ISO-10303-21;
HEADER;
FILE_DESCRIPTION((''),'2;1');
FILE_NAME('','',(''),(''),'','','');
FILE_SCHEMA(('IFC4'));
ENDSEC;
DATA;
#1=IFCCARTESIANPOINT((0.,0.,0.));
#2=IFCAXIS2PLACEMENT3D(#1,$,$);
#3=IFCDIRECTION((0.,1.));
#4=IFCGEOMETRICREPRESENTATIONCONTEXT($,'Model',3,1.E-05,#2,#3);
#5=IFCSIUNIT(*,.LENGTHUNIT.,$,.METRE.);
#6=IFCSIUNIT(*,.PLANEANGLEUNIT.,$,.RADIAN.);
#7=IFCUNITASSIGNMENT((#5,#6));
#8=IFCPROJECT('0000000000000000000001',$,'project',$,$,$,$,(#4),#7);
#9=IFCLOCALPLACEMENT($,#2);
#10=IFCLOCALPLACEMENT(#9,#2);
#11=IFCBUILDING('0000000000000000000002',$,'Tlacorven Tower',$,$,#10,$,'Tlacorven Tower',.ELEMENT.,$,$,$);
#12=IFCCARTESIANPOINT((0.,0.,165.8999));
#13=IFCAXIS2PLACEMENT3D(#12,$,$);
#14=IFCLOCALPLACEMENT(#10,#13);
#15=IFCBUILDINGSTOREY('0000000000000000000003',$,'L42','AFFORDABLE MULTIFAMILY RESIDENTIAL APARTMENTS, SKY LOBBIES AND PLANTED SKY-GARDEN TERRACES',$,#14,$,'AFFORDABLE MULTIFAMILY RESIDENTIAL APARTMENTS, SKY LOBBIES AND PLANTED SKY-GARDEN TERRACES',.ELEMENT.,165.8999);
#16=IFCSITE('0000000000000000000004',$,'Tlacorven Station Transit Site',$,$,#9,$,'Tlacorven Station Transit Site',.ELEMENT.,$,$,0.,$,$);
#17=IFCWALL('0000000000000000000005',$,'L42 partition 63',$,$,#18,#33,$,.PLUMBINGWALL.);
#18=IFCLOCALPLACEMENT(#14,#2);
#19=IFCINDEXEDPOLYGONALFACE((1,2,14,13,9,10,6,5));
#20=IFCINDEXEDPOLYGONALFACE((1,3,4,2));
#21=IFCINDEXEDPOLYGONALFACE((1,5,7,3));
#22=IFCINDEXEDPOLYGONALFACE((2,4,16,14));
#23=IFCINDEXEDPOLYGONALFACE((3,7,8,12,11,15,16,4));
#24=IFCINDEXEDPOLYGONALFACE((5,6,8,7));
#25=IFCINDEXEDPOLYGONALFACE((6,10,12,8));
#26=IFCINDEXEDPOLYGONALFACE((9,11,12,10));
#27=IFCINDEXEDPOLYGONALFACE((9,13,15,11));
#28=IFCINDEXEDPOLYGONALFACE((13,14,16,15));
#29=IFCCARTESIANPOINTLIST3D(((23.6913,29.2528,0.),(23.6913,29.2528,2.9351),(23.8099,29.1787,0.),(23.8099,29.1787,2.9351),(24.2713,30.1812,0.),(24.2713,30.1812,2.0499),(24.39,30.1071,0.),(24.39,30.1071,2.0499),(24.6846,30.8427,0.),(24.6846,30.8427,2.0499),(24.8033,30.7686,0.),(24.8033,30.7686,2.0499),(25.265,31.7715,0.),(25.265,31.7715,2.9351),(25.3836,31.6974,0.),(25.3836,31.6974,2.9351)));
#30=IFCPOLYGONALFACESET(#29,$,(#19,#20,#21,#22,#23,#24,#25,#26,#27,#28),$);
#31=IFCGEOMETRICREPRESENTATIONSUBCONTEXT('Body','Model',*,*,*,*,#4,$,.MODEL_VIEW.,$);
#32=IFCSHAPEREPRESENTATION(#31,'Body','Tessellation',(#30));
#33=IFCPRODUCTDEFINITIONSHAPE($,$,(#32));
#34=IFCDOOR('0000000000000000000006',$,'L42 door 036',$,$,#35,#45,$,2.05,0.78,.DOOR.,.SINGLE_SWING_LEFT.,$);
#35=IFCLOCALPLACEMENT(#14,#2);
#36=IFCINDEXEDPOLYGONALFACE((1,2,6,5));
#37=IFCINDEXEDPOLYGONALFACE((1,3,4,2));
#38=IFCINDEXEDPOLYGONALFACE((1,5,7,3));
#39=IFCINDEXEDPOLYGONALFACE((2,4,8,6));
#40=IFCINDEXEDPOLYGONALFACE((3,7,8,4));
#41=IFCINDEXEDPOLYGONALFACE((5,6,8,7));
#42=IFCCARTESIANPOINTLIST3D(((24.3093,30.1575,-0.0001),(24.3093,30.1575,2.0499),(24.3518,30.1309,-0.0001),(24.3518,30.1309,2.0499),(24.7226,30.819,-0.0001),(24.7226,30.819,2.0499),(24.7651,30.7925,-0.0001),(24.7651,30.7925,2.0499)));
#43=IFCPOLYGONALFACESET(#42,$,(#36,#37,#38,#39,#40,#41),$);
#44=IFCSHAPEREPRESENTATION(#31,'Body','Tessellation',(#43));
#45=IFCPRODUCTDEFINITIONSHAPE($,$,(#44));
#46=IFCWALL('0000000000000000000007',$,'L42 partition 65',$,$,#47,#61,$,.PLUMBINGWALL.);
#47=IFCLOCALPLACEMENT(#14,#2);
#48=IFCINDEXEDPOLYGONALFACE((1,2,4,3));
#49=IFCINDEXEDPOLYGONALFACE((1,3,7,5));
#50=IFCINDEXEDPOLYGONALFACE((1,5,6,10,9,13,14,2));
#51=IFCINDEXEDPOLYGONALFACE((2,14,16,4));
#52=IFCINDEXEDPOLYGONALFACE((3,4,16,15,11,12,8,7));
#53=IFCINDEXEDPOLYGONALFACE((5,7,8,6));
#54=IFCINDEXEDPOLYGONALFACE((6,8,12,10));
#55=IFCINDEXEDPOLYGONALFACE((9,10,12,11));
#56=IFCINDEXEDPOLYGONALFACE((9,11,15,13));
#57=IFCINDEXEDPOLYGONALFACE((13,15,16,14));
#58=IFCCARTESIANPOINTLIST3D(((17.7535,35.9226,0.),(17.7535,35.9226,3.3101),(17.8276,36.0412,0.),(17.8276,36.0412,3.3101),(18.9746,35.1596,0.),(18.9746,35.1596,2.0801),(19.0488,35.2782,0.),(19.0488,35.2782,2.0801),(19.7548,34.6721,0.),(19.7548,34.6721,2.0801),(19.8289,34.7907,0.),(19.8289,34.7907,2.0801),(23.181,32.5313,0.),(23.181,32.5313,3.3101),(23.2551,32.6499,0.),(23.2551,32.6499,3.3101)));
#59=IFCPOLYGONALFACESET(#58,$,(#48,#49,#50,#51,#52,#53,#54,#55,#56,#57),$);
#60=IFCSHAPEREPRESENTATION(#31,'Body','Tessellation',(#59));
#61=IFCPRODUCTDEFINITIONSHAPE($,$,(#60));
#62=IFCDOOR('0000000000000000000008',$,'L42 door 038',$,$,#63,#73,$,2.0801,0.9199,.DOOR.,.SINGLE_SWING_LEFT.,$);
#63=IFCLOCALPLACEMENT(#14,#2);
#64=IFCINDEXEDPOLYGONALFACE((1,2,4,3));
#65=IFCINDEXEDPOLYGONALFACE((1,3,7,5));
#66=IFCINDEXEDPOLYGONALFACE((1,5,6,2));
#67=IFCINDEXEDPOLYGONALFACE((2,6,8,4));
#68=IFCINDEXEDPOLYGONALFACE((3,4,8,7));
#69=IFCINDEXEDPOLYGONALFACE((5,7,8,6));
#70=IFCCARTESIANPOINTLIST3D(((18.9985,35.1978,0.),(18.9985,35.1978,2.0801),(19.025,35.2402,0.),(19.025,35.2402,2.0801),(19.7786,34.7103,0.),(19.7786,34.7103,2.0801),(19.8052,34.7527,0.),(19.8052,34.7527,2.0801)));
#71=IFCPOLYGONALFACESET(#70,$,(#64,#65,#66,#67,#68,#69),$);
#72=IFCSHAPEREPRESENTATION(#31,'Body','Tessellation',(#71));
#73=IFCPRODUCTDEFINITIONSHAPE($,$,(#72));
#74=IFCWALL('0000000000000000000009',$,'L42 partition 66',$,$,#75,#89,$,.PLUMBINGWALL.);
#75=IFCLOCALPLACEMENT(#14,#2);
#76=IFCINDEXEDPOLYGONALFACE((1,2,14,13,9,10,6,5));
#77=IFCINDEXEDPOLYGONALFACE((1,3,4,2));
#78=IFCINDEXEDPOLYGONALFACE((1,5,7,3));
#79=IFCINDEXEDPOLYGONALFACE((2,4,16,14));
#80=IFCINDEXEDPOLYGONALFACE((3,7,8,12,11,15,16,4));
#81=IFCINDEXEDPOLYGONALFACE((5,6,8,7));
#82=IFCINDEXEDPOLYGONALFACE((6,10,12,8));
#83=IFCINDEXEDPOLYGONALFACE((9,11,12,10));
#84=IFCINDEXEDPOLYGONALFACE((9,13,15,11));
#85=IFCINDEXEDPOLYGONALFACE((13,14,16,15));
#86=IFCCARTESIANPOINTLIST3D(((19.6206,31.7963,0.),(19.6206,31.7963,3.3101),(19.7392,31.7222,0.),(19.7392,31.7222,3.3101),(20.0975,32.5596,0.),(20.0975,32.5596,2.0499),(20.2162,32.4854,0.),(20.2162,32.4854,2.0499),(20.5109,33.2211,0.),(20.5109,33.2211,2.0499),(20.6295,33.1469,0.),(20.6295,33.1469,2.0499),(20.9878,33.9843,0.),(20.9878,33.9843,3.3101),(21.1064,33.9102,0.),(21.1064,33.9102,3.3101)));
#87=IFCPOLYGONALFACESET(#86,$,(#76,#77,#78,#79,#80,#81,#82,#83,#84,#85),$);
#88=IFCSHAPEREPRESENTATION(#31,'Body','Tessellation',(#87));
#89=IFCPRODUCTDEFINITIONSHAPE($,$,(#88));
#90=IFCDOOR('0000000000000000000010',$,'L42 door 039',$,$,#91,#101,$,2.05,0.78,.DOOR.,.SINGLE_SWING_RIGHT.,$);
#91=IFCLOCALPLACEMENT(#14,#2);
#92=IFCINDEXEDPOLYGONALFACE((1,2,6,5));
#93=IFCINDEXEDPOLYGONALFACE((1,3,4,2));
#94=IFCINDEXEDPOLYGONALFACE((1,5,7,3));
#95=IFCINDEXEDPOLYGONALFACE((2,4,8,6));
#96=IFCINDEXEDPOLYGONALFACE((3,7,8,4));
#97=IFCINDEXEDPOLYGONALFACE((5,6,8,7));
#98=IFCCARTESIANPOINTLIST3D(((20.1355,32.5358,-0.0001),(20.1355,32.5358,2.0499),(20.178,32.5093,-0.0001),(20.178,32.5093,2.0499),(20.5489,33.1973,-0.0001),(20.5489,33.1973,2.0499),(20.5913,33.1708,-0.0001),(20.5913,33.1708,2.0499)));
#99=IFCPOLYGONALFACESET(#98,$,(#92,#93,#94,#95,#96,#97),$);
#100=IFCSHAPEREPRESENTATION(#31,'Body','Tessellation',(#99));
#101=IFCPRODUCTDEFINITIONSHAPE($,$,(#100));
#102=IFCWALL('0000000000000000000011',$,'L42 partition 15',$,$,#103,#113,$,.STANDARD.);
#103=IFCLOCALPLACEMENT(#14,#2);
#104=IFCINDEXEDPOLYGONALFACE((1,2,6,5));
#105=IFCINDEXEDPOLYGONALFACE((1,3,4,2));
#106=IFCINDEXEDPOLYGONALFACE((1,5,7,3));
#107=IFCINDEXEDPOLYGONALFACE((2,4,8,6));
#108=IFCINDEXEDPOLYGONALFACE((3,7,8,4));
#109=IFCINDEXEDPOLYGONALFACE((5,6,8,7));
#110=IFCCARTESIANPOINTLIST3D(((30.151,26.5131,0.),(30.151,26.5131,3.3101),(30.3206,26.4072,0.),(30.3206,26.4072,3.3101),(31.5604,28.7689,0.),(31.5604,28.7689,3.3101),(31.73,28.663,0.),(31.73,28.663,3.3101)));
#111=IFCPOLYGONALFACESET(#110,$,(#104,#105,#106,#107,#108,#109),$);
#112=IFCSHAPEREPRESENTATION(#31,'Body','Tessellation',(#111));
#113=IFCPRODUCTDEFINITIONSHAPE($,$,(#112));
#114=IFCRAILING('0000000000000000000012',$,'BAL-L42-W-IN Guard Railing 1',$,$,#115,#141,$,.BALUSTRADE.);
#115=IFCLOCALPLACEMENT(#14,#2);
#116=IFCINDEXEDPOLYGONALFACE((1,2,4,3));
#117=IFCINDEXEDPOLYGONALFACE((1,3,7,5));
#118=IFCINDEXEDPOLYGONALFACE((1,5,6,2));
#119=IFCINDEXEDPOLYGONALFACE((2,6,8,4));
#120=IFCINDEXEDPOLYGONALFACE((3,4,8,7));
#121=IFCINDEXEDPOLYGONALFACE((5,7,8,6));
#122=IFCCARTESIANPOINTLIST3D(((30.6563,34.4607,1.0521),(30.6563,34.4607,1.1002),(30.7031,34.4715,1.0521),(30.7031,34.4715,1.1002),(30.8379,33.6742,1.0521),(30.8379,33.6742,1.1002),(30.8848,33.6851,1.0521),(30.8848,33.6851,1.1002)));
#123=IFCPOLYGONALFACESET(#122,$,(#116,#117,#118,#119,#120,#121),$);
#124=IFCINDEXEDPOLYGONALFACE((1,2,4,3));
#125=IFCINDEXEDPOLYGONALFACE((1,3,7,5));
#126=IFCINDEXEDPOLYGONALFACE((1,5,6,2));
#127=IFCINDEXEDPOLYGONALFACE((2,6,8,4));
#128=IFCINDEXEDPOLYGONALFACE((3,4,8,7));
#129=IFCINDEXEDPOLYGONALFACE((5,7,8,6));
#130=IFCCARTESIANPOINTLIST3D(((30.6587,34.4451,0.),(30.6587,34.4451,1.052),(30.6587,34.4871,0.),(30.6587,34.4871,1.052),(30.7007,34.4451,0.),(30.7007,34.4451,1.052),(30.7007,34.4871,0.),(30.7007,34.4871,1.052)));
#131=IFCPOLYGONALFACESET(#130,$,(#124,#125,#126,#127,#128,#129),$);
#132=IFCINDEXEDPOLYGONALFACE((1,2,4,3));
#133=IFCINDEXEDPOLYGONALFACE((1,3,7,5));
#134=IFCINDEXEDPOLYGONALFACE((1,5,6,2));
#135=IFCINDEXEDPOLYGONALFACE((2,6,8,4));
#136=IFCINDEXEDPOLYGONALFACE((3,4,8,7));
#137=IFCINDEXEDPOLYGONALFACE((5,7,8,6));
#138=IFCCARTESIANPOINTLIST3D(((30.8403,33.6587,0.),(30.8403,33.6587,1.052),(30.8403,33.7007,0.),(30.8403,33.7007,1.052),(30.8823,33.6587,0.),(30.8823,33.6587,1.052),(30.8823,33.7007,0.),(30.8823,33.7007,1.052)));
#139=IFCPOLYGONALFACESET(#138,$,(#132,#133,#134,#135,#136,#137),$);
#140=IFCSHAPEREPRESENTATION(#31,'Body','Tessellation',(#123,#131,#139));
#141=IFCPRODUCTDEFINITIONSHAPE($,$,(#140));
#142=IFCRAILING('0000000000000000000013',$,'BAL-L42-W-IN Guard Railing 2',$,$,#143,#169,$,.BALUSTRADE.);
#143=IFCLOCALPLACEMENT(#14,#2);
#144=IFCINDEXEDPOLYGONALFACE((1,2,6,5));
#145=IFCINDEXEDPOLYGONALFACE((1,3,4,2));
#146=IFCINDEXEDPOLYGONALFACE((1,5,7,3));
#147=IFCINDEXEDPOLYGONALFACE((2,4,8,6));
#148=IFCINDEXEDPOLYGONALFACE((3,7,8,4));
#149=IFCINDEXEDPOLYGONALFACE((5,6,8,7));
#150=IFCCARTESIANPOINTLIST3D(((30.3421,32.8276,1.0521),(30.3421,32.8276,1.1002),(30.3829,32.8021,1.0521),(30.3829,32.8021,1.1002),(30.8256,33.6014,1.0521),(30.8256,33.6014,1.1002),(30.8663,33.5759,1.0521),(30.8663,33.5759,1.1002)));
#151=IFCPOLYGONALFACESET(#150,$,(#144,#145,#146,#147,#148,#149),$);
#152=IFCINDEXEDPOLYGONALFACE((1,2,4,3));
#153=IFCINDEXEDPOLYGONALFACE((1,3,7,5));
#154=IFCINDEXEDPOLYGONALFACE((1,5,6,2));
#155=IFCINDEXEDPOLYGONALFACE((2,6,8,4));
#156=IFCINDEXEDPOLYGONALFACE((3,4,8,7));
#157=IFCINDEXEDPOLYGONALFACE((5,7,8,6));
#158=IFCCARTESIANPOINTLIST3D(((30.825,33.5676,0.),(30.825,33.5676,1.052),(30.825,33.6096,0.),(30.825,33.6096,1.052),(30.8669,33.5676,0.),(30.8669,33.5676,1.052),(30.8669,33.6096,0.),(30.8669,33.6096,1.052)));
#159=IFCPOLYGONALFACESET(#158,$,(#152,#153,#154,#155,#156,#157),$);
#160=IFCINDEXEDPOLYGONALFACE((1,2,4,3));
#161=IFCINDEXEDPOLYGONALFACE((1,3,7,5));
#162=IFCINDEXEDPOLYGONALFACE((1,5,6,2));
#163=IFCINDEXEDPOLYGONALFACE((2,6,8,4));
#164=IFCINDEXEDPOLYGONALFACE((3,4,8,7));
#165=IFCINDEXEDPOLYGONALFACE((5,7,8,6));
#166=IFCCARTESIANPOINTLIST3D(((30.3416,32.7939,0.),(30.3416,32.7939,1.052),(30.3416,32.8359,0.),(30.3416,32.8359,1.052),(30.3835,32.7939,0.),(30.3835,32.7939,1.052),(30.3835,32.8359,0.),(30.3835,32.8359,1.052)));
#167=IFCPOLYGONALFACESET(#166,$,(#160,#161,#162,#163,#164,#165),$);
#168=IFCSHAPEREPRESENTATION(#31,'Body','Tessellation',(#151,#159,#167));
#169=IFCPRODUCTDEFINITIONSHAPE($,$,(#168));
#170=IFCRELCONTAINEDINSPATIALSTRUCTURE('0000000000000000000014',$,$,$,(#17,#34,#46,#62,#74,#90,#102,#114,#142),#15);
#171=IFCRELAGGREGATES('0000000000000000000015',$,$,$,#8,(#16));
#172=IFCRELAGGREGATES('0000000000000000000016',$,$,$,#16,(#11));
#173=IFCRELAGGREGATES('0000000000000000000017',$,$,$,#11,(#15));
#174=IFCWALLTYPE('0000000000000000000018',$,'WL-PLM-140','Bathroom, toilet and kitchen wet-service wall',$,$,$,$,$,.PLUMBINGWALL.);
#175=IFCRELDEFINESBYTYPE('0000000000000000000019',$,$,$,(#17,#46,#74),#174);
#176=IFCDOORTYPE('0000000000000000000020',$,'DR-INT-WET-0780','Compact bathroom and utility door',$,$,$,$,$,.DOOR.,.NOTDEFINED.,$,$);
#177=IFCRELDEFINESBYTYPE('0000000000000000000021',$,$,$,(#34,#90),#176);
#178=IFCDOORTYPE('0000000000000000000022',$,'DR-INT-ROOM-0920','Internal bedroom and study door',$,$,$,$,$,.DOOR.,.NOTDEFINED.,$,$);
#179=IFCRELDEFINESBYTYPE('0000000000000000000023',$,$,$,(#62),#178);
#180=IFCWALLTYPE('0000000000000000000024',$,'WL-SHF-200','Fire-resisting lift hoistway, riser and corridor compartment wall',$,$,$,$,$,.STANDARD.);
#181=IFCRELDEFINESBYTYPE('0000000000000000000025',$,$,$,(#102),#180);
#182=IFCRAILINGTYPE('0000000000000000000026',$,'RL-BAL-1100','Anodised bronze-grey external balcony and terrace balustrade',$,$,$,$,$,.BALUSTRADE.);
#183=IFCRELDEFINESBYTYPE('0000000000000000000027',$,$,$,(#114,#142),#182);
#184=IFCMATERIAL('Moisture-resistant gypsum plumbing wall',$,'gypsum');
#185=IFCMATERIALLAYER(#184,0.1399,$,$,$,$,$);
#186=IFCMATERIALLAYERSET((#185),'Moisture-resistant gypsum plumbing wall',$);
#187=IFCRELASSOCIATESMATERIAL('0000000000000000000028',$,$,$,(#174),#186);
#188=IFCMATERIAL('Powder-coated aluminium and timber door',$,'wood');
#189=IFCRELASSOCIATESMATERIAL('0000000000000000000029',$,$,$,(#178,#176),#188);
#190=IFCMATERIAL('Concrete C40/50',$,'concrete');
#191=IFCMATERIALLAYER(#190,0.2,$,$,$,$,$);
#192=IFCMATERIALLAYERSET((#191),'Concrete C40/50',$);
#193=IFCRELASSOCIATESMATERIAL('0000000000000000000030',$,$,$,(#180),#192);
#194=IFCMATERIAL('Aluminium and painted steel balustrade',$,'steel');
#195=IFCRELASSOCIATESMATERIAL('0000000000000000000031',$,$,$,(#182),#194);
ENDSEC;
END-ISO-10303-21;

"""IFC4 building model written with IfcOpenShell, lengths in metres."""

from ifc_helpers import new_model, si_unit, direction, frame, frame_2d, origin, origin_2d, place, context, subcontext, project, spatial, rectangle, extrude, source, transform, mapped, material, layer, layer_set, type_object, element, fill, save


model = new_model("IFC4")

# Units and contexts
model_context = context("Model", 3, precision=1e-05, world=origin(), true_north=direction((0.0, 1.0)))
body_context = subcontext(model_context, "Body", "Model", "MODEL_VIEW")
ifc_project = project(units=[si_unit("LENGTHUNIT", "METRE"), si_unit("PLANEANGLEUNIT", "RADIAN")], contexts=[model_context])

# Site, building, storey
site_placement = place(None, origin())
site = spatial("IfcSite", under=ifc_project, at=site_placement, Name="Tlacorven Station Transit Site", LongName="Tlacorven Station Transit Site", CompositionType="ELEMENT", RefElevation=0.0)
building_placement = place(site_placement, origin())
building = spatial("IfcBuilding", under=site, at=building_placement, Name="Tlacorven Tower", LongName="Tlacorven Tower", CompositionType="ELEMENT")
storey_placement = place(building_placement, frame((0.0, 0.0, 165.8999)))
storey = spatial("IfcBuildingStorey", under=building, at=storey_placement, Name="L42", Description="AFFORDABLE MULTIFAMILY RESIDENTIAL APARTMENTS, SKY LOBBIES AND PLANTED SKY-GARDEN TERRACES", LongName="AFFORDABLE MULTIFAMILY RESIDENTIAL APARTMENTS, SKY LOBBIES AND PLANTED SKY-GARDEN TERRACES", CompositionType="ELEMENT", Elevation=165.8999)

# Walls, openings, doors
ifc_material_1 = material(Name="Moisture-resistant gypsum plumbing wall", Category="gypsum")
ifc_layer_1 = layer(ifc_material_1, 0.1399)
ifc_layer_set_1 = layer_set([ifc_layer_1], Name="Moisture-resistant gypsum plumbing wall")
wall_type_1 = type_object("IfcWallType", Name="WL-PLM-140", Description="Bathroom, toilet and kitchen wet-service wall", PredefinedType="PLUMBINGWALL", material=ifc_layer_set_1)
ifc_material_2 = material(Name="Powder-coated aluminium and timber door", Category="wood")
door_type_1 = type_object("IfcDoorType", Name="DR-INT-ROOM-0920", Description="Internal bedroom and study door", OperationType="NOTDEFINED", PredefinedType="DOOR", material=ifc_material_2)
shared_shape_1 = source(origin(), body_context, "Body", "SweptSolid", [
    extrude(rectangle(XDim=0.9199, YDim=2.0801, at=frame_2d((0.46, 1.04))), frame((0.0, 0.0249, 0.0), z_axis=(0.0, -1.0, 0.0), x_axis=(1.0, 0.0, 0.0)), (0.0, 0.0, 1.0), 0.05),
])
wall_1_placement = place(storey_placement, frame((25.3242, 31.7344, 0.0), z_axis=(0.0, 0.0, 1.0), x_axis=(-0.529873, -0.848077, 0.0)))
wall_1 = element("IfcWall", 1, at=wall_1_placement, inside=storey, type_object=wall_type_1, Name="L42 partition 63", PredefinedType="PLUMBINGWALL", context=body_context, shape_type="SweptSolid", body=[
    extrude(rectangle(XDim=2.97, YDim=0.1399, at=frame_2d((1.4849, 0.0))), origin(), (0.0, 0.0, 1.0), 2.9351),
])
opening_1_placement = place(wall_1_placement, frame((1.095, 0.0, 0.0)))
opening_1 = element("IfcOpeningElement", 2, at=opening_1_placement, cuts=wall_1, PredefinedType="OPENING", context=body_context, shape_type="SweptSolid", body=[
    extrude(rectangle(XDim=0.78, YDim=2.05, at=frame_2d((0.3901, 1.0249))), frame((0.0, 0.0801, 0.0), z_axis=(0.0, -1.0, 0.0), x_axis=(1.0, 0.0, 0.0)), (0.0, 0.0, 1.0), 0.1599),
])
door_type_2 = type_object("IfcDoorType", Name="DR-INT-WET-0780", Description="Compact bathroom and utility door", OperationType="NOTDEFINED", PredefinedType="DOOR", material=ifc_material_2)
shared_shape_2 = source(origin(), body_context, "Body", "SweptSolid", [
    extrude(rectangle(XDim=0.78, YDim=2.05, at=frame_2d((0.3901, 1.0249))), frame((0.0, 0.0249, 0.0), z_axis=(0.0, -1.0, 0.0), x_axis=(1.0, 0.0, 0.0)), (0.0, 0.0, 1.0), 0.05),
])
door_1_placement = place(opening_1_placement, origin())
door_1 = element("IfcDoor", 3, at=door_1_placement, inside=storey, type_object=door_type_2, Name="L42 door 036", OperationType="SINGLE_SWING_LEFT", OverallHeight=2.05, OverallWidth=0.78, PredefinedType="DOOR", context=body_context, shape_type="MappedRepresentation", body=[
    mapped(shared_shape_2, transform((0.0, 0.0, 0.0), scale=1.0)),
])
fill(opening_1, door_1)
wall_2_placement = place(storey_placement, frame((23.218, 32.5906, 0.0), z_axis=(0.0, 0.0, 1.0), x_axis=(-0.848056, 0.529906, 0.0)))
wall_2 = element("IfcWall", 4, at=wall_2_placement, inside=storey, type_object=wall_type_1, Name="L42 partition 65", PredefinedType="PLUMBINGWALL", context=body_context, shape_type="SweptSolid", body=[
    extrude(rectangle(XDim=6.3999, YDim=0.1399, at=frame_2d((3.2, 0.0))), origin(), (0.0, 0.0, 1.0), 3.3101),
])
opening_2_placement = place(wall_2_placement, frame((4.04, 0.0, 0.0)))
opening_2 = element("IfcOpeningElement", 5, at=opening_2_placement, cuts=wall_2, PredefinedType="OPENING", context=body_context, shape_type="SweptSolid", body=[
    extrude(rectangle(XDim=0.9199, YDim=2.0801, at=frame_2d((0.46, 1.04))), frame((0.0, 0.0801, 0.0), z_axis=(0.0, -1.0, 0.0), x_axis=(1.0, 0.0, 0.0)), (0.0, 0.0, 1.0), 0.1599),
])
door_2_placement = place(opening_2_placement, origin())
door_2 = element("IfcDoor", 6, at=door_2_placement, inside=storey, type_object=door_type_1, Name="L42 door 038", OperationType="SINGLE_SWING_LEFT", OverallHeight=2.0801, OverallWidth=0.9199, PredefinedType="DOOR", context=body_context, shape_type="MappedRepresentation", body=[
    mapped(shared_shape_1, transform((0.0, 0.0, 0.0), scale=1.0)),
])
fill(opening_2, door_2)
wall_3_placement = place(storey_placement, frame((21.0471, 33.9473, 0.0), z_axis=(0.0, 0.0, 1.0), x_axis=(-0.529914, -0.848051, 0.0)))
wall_3 = element("IfcWall", 7, at=wall_3_placement, inside=storey, type_object=wall_type_1, Name="L42 partition 66", PredefinedType="PLUMBINGWALL", context=body_context, shape_type="SweptSolid", body=[
    extrude(rectangle(XDim=2.5801, YDim=0.1399, at=frame_2d((1.29, 0.0))), origin(), (0.0, 0.0, 1.0), 3.3101),
])
opening_3_placement = place(wall_3_placement, frame((0.8999, 0.0, 0.0)))
opening_3 = element("IfcOpeningElement", 8, at=opening_3_placement, cuts=wall_3, PredefinedType="OPENING", context=body_context, shape_type="SweptSolid", body=[
    extrude(rectangle(XDim=0.78, YDim=2.05, at=frame_2d((0.3901, 1.0249))), frame((0.0, 0.0801, 0.0), z_axis=(0.0, -1.0, 0.0), x_axis=(1.0, 0.0, 0.0)), (0.0, 0.0, 1.0), 0.1599),
])
door_3_placement = place(opening_3_placement, origin())
door_3 = element("IfcDoor", 9, at=door_3_placement, inside=storey, type_object=door_type_2, Name="L42 door 039", OperationType="SINGLE_SWING_RIGHT", OverallHeight=2.05, OverallWidth=0.78, PredefinedType="DOOR", context=body_context, shape_type="MappedRepresentation", body=[
    mapped(shared_shape_2, transform((0.0, 0.0, 0.0), scale=1.0)),
])
fill(opening_3, door_3)

# Wall
ifc_material_3 = material(Name="Concrete C40/50", Category="concrete")
ifc_layer_2 = layer(ifc_material_3, 0.2)
ifc_layer_set_2 = layer_set([ifc_layer_2], Name="Concrete C40/50")
wall_type_2 = type_object("IfcWallType", Name="WL-SHF-200", Description="Fire-resisting lift hoistway, riser and corridor compartment wall", PredefinedType="STANDARD", material=ifc_layer_set_2)
wall_4_placement = place(storey_placement, frame((31.6453, 28.7161, 0.0), z_axis=(0.0, 0.0, 1.0), x_axis=(-0.529867, -0.848081, 0.0)))
element("IfcWall", 10, at=wall_4_placement, inside=storey, type_object=wall_type_2, Name="L42 partition 15", PredefinedType="STANDARD", context=body_context, shape_type="SweptSolid", body=[
    extrude(rectangle(XDim=2.6599, YDim=0.2, at=frame_2d((1.3301, 0.0))), origin(), (0.0, 0.0, 1.0), 3.3101),
])

# Railings
ifc_material_4 = material(Name="Aluminium and painted steel balustrade", Category="steel")
railing_type = type_object("IfcRailingType", Name="RL-BAL-1100", Description="Anodised bronze-grey external balcony and terrace balustrade", PredefinedType="BALUSTRADE", material=ifc_material_4)
shared_shape_3 = source(origin(), body_context, "Body", "SweptSolid", [
    extrude(rectangle(XDim=0.0481, YDim=0.0481, at=origin_2d()), frame((0.0, 0.0, 1.0762), z_axis=(0.225058, -0.974345, 0.0), x_axis=(0.974345, 0.225058, 0.0)), (0.0, 0.0, 1.0), 0.8071),
    extrude(rectangle(XDim=0.042, YDim=0.042, at=origin_2d()), origin(), (0.0, 0.0, 1.0), 1.052),
    extrude(rectangle(XDim=0.042, YDim=0.042, at=origin_2d()), frame((0.1816, -0.7864, 0.0)), (0.0, 0.0, 1.0), 1.052),
])
railing_1_placement = place(storey_placement, frame((30.6797, 34.4661, 0.0)))
element("IfcRailing", 11, at=railing_1_placement, inside=storey, type_object=railing_type, Name="BAL-L42-W-IN Guard Railing 1", PredefinedType="BALUSTRADE", context=body_context, shape_type="MappedRepresentation", body=[
    mapped(shared_shape_3, transform((0.0, 0.0, 0.0), scale=1.0)),
])
shared_shape_4 = source(origin(), body_context, "Body", "SweptSolid", [
    extrude(rectangle(XDim=0.0481, YDim=0.0481, at=origin_2d()), frame((0.0, 0.0, 1.0762), z_axis=(-0.529879, -0.848073, 0.0), x_axis=(0.848073, -0.529879, 0.0)), (0.0, 0.0, 1.0), 0.9124),
    extrude(rectangle(XDim=0.042, YDim=0.042, at=origin_2d()), origin(), (0.0, 0.0, 1.0), 1.052),
    extrude(rectangle(XDim=0.042, YDim=0.042, at=origin_2d()), frame((-0.4834, -0.7737, 0.0)), (0.0, 0.0, 1.0), 1.052),
])
railing_2_placement = place(storey_placement, frame((30.8459, 33.5886, 0.0)))
element("IfcRailing", 12, at=railing_2_placement, inside=storey, type_object=railing_type, Name="BAL-L42-W-IN Guard Railing 2", PredefinedType="BALUSTRADE", context=body_context, shape_type="MappedRepresentation", body=[
    mapped(shared_shape_4, transform((0.0, 0.0, 0.0), scale=1.0)),
])

save(model, "model.ifc")
